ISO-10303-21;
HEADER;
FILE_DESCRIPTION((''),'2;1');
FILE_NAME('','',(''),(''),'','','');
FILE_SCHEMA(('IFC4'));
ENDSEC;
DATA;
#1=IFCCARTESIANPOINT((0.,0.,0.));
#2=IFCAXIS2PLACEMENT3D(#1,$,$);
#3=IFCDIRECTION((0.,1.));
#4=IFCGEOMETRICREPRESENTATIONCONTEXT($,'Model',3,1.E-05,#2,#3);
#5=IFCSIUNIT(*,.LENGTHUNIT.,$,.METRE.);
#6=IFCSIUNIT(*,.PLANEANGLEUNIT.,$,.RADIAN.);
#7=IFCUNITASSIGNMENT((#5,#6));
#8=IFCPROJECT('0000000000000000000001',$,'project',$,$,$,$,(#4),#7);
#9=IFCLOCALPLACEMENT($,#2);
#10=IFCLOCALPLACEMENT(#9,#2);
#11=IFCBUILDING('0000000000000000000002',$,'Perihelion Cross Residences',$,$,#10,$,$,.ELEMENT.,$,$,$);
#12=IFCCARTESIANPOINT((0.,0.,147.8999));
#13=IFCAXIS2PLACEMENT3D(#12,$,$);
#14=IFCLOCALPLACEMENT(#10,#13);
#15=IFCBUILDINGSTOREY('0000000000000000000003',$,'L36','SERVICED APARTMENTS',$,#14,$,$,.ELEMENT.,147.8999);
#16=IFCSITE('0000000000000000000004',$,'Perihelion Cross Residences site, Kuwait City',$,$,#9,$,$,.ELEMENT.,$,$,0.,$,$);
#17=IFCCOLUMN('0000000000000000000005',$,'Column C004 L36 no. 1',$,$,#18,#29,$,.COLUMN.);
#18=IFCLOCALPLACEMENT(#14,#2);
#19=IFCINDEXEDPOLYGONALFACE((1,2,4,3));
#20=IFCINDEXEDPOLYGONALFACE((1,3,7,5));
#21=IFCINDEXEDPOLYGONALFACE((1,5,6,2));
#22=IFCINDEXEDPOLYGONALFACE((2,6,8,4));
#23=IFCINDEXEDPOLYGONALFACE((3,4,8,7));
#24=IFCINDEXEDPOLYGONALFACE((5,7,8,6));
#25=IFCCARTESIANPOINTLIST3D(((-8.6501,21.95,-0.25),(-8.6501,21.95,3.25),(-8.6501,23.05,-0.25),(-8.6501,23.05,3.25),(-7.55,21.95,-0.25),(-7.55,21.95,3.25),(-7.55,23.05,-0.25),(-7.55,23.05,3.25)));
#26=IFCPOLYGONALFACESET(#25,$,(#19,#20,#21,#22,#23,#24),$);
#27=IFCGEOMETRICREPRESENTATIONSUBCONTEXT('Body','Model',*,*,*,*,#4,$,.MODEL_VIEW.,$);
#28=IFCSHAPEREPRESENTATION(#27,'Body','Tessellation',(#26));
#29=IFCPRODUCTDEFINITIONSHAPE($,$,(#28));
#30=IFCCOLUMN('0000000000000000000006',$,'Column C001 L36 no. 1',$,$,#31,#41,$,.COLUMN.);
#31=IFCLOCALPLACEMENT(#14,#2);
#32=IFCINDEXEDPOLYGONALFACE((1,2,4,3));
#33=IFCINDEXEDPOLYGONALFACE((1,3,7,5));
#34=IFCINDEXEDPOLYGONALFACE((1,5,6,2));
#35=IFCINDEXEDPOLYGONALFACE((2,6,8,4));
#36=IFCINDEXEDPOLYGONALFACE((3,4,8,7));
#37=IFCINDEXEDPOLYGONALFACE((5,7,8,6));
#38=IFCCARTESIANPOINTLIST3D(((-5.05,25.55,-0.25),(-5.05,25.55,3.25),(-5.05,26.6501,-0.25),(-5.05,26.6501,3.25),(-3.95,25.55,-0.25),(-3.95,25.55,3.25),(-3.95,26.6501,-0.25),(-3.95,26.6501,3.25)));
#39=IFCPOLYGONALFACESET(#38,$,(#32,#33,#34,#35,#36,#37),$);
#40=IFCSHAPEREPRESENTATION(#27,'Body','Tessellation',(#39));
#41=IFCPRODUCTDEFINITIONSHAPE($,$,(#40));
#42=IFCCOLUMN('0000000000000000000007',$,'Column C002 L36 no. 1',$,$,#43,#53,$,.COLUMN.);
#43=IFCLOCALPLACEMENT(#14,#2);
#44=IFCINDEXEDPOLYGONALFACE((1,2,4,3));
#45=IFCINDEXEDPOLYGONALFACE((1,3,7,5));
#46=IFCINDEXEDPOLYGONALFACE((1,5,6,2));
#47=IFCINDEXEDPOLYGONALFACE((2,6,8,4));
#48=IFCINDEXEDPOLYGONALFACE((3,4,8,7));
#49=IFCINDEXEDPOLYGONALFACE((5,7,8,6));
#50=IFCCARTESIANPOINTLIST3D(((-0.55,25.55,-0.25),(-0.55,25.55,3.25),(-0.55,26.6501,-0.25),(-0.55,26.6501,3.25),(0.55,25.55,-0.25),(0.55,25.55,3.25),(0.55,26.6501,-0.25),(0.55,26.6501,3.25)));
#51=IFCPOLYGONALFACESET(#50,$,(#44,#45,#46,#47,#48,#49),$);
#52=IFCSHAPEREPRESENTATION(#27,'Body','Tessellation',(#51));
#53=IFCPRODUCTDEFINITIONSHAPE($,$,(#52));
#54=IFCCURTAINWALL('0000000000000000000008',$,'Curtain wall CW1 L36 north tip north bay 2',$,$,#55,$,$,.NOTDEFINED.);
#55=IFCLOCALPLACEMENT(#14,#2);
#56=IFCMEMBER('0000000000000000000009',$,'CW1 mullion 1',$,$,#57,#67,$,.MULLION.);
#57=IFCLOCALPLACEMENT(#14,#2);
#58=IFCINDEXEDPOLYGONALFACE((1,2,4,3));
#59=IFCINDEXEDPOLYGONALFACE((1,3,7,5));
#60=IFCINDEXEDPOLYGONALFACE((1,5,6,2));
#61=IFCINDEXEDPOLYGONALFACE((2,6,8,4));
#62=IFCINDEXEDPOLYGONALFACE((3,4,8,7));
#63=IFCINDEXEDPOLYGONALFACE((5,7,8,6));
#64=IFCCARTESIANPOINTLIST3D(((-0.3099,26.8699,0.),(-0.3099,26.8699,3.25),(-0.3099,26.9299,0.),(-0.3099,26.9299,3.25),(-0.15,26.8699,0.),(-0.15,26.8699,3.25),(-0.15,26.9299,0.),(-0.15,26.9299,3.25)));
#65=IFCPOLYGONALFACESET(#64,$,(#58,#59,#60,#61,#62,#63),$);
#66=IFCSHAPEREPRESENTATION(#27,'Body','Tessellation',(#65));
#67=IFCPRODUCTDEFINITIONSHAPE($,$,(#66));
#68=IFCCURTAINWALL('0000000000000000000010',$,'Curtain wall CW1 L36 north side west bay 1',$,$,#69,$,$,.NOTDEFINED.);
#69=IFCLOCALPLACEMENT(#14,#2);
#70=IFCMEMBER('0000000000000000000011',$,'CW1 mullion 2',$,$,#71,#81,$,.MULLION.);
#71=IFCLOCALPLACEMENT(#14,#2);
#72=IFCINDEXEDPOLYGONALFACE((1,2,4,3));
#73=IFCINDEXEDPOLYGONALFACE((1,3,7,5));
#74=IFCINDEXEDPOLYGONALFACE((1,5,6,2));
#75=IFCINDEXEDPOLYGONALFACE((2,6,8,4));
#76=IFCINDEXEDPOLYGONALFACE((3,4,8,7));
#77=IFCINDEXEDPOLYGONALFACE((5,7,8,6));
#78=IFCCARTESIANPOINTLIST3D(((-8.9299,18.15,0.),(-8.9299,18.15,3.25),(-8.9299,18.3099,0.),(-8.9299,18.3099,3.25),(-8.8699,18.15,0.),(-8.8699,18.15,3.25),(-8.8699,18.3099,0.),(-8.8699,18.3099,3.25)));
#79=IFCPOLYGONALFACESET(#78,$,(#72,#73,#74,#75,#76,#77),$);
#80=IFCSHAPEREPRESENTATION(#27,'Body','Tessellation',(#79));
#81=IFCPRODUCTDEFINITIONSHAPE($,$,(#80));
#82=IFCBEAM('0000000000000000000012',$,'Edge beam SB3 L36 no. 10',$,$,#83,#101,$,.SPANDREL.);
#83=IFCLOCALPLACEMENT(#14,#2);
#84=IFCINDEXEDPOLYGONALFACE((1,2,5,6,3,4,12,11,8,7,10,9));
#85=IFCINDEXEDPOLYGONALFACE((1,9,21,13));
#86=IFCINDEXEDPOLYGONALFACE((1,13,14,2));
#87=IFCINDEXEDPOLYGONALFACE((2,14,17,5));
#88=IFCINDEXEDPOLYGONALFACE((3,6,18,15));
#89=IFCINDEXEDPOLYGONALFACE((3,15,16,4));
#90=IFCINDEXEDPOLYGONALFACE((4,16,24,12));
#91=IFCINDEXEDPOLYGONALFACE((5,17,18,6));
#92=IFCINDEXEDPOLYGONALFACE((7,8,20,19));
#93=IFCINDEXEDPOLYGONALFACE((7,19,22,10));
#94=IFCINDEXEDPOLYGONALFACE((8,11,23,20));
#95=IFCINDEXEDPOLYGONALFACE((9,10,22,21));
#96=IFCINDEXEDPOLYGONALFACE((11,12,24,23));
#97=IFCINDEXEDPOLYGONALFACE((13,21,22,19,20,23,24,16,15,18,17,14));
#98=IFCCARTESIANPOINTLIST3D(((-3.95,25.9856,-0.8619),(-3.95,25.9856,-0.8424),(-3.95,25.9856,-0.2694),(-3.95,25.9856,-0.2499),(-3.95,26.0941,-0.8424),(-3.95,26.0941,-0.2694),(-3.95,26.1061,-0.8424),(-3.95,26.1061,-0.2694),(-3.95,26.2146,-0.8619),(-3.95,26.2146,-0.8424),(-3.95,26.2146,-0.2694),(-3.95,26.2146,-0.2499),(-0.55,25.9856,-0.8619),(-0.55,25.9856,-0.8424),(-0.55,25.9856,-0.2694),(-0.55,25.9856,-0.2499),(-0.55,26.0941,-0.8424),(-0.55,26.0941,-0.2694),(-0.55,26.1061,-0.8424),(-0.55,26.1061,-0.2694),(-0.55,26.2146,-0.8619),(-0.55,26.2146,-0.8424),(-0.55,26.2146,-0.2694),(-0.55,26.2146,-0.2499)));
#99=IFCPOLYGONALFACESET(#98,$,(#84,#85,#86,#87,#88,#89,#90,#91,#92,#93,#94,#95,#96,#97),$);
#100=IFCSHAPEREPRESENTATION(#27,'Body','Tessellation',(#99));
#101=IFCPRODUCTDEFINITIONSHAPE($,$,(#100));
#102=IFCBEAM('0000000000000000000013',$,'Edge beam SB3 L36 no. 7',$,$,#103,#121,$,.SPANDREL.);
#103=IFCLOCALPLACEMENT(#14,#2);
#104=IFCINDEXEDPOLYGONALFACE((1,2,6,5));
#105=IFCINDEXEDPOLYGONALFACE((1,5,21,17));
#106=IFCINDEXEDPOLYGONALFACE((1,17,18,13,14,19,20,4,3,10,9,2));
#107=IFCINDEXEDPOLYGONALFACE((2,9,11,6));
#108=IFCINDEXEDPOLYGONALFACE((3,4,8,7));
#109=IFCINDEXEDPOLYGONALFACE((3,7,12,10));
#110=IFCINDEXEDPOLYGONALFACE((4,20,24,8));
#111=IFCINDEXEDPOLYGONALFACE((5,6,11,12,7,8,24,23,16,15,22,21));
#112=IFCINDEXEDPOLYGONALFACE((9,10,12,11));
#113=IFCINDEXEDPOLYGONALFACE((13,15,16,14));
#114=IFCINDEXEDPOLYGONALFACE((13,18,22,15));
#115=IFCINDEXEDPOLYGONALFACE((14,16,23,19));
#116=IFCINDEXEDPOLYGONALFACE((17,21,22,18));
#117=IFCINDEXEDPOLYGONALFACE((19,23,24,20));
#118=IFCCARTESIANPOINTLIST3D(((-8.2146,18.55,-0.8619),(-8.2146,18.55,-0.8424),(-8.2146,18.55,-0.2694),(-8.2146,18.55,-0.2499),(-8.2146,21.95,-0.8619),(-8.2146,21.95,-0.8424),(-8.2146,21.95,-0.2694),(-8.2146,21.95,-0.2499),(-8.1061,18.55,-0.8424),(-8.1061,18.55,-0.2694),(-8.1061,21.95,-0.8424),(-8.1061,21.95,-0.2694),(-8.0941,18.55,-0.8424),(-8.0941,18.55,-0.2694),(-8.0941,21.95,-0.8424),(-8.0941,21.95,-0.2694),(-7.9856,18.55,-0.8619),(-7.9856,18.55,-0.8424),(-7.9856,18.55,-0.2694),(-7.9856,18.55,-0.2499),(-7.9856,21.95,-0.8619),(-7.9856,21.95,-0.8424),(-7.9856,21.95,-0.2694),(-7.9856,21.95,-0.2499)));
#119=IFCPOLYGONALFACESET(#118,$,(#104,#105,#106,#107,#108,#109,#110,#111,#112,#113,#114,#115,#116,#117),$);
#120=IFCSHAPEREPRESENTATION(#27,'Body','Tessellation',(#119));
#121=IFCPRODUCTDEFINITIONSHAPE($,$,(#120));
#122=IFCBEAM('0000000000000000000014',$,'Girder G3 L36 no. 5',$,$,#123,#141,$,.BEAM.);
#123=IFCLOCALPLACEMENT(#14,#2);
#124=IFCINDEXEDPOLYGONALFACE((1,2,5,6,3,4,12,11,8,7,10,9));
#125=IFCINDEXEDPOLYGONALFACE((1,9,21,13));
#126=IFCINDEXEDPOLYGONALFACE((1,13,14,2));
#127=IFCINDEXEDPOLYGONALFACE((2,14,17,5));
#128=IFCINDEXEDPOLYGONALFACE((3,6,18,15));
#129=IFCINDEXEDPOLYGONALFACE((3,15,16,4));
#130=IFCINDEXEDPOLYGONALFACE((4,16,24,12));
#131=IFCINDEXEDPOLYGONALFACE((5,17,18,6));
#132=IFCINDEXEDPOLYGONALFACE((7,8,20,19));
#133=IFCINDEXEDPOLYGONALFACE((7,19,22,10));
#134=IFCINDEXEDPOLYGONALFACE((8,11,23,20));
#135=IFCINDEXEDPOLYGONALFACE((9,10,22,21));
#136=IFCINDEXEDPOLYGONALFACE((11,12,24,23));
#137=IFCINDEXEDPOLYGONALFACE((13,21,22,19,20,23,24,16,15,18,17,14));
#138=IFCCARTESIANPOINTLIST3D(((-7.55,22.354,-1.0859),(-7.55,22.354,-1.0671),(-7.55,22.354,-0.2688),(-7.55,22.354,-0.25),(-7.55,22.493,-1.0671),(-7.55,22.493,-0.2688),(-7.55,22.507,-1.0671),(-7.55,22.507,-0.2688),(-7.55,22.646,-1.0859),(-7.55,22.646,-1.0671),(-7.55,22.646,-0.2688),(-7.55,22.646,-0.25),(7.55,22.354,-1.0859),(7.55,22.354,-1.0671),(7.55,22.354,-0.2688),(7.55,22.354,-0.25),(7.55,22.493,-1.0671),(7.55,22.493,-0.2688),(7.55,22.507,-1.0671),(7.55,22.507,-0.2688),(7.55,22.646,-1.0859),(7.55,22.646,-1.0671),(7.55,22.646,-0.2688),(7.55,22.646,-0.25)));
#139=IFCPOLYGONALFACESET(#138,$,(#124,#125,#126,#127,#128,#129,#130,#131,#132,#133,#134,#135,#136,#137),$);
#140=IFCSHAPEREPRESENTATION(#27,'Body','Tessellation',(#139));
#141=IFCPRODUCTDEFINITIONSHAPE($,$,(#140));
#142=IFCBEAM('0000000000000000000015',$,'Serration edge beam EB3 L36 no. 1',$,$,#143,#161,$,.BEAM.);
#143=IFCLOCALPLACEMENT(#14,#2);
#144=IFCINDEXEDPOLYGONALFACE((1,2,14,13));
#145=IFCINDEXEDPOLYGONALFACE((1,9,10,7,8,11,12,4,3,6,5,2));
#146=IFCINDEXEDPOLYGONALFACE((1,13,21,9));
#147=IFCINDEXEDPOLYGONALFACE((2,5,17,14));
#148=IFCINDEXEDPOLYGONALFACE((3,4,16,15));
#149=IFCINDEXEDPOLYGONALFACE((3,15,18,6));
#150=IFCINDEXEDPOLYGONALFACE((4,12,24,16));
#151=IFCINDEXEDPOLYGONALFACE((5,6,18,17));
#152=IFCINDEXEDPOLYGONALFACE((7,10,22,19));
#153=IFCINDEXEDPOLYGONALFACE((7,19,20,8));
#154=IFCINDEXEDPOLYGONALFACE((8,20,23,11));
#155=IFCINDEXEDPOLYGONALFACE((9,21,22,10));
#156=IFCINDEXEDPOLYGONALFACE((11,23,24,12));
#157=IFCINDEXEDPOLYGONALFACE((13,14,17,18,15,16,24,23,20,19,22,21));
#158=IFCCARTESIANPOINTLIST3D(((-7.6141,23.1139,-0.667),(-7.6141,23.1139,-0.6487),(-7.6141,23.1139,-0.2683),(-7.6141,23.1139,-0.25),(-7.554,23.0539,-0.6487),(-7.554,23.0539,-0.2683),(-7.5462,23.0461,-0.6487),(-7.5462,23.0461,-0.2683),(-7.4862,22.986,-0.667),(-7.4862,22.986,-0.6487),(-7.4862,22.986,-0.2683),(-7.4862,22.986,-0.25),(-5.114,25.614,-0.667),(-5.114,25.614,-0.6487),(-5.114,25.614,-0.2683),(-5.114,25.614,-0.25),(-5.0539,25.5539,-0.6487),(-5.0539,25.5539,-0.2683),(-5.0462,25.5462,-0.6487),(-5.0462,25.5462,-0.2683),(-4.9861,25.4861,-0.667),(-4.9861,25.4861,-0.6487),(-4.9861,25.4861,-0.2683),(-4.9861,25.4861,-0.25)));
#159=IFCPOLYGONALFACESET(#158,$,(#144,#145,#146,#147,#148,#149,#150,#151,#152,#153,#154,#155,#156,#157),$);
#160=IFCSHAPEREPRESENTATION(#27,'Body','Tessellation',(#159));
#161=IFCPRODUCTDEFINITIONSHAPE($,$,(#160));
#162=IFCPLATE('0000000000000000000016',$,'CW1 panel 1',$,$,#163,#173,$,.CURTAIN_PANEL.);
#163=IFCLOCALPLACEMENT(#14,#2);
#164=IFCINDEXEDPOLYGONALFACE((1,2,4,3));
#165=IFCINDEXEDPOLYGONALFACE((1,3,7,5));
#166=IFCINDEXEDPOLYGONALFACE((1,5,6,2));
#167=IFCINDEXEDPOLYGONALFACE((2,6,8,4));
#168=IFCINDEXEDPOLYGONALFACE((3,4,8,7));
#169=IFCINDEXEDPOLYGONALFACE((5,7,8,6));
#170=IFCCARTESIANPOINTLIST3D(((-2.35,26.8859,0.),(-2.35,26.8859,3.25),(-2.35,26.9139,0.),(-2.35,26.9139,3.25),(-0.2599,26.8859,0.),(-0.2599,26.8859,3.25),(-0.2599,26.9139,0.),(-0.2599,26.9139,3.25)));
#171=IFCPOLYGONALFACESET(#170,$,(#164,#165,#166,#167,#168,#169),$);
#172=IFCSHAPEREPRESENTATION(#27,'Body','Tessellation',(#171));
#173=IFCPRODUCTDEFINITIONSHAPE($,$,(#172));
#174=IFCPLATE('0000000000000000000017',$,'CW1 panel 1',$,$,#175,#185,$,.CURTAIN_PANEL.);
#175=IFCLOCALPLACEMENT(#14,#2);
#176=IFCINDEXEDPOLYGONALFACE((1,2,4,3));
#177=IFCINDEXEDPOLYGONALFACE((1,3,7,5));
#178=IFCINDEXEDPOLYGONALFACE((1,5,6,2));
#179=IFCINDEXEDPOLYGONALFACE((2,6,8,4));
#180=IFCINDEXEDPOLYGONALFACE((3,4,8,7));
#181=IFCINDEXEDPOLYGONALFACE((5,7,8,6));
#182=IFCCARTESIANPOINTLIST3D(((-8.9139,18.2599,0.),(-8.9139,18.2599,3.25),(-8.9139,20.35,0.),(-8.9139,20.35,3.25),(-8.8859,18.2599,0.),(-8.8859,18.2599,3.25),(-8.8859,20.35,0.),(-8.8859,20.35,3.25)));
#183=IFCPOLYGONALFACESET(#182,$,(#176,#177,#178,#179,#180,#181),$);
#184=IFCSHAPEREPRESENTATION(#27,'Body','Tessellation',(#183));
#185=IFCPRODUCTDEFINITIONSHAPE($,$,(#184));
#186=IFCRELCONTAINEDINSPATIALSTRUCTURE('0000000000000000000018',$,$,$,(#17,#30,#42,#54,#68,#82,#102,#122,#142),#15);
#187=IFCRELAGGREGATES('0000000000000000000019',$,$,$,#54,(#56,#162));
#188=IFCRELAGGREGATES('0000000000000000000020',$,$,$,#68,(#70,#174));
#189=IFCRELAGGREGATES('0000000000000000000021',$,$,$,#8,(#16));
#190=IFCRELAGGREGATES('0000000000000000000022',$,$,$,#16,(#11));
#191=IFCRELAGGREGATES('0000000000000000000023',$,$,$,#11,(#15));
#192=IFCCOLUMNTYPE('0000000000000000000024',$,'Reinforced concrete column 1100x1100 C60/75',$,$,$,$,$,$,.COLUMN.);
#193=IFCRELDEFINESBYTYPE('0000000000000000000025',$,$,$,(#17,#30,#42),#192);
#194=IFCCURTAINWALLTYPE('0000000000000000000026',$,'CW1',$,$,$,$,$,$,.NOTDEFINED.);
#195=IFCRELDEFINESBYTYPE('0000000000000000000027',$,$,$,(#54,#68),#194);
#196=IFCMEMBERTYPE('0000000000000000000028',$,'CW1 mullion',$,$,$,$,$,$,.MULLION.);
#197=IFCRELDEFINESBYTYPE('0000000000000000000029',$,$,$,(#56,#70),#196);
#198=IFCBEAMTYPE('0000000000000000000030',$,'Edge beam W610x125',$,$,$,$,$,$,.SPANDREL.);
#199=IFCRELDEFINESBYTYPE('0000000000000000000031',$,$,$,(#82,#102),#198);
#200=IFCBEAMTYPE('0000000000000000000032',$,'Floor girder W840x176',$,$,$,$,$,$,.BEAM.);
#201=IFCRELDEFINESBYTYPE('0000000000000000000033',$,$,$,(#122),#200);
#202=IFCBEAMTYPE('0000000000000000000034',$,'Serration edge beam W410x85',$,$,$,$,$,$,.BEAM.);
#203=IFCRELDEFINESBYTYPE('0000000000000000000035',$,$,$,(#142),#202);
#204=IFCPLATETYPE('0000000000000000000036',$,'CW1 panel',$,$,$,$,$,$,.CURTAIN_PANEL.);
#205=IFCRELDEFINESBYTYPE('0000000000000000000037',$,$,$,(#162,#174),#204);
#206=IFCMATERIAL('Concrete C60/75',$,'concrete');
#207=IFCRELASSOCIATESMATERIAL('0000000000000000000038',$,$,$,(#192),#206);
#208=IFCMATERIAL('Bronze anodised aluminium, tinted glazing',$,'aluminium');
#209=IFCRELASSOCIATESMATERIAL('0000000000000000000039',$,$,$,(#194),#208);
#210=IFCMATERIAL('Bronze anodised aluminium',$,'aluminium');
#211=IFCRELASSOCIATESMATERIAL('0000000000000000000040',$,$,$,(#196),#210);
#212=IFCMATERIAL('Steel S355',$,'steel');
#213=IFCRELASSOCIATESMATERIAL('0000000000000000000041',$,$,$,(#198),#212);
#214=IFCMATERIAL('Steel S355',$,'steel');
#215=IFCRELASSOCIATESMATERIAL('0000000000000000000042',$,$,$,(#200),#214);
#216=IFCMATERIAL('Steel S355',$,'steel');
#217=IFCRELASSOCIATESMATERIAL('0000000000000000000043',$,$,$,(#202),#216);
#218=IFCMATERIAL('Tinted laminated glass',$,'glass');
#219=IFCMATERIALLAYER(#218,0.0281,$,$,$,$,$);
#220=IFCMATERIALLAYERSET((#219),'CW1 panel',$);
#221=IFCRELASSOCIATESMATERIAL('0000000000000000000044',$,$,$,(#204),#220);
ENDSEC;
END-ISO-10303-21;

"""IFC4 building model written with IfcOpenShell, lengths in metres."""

from ifc_helpers import new_model, si_unit, direction, frame, origin, origin_2d, place, context, subcontext, project, spatial, rectangle, i_section, extrude, material, layer, layer_set, material_profile, profile_set, type_object, element, aggregate, save


model = new_model("IFC4")

# Units and contexts
model_context = context("Model", 3, precision=1e-05, world=origin(), true_north=direction((0.0, 1.0)))
body_context = subcontext(model_context, "Body", "Model", "MODEL_VIEW")
ifc_project = project(units=[si_unit("LENGTHUNIT", "METRE"), si_unit("PLANEANGLEUNIT", "RADIAN")], contexts=[model_context])

# Site, building, storey
site_placement = place(None, origin())
site = spatial("IfcSite", under=ifc_project, at=site_placement, Name="Perihelion Cross Residences site, Kuwait City", CompositionType="ELEMENT", RefElevation=0.0)
building_placement = place(site_placement, origin())
building = spatial("IfcBuilding", under=site, at=building_placement, Name="Perihelion Cross Residences", CompositionType="ELEMENT")
storey_placement = place(building_placement, frame((0.0, 0.0, 147.8999)))
storey = spatial("IfcBuildingStorey", under=building, at=storey_placement, Name="L36", Description="SERVICED APARTMENTS", CompositionType="ELEMENT", Elevation=147.8999)

# Columns
ifc_material_1 = material(Name="Concrete C60/75", Category="concrete")
ifc_material_profile_1 = material_profile(ifc_material_1, rectangle(XDim=1.1001, YDim=1.1001, at=origin_2d()), Name="RC 1100x1100")
ifc_profile_set_1 = profile_set([ifc_material_profile_1], Name="Concrete C60/75")
column_type = type_object("IfcColumnType", Name="Reinforced concrete column 1100x1100 C60/75", PredefinedType="COLUMN", material=ifc_profile_set_1)
for number, where, z_axis, x_axis, name in (
    (1, (-8.1001, 22.5, -0.25), (0.0, 0.0, 1.0), (1.0, 0.0, 0.0), "Column C004 L36 no. 1"),
    (2, (-4.5, 26.1001, -0.25), (0.0, 0.0, 1.0), (1.0, 0.0, 0.0), "Column C001 L36 no. 1"),
    (3, (0.0, 26.1001, -0.25), (0.0, 0.0, 1.0), (1.0, 0.0, 0.0), "Column C002 L36 no. 1"),
):
    element("IfcColumn", number, at=place(storey_placement, frame(where, z_axis=z_axis, x_axis=x_axis)), inside=storey, type_object=column_type, Name=name, PredefinedType="COLUMN", context=body_context, shape_type="SweptSolid", body=[
        extrude(rectangle(XDim=1.1001, YDim=1.1001, at=origin_2d()), origin(), (0.0, 0.0, 1.0), 3.5),
    ])

# Curtain walls, members
ifc_material_2 = material(Name="Bronze anodised aluminium, tinted glazing", Category="aluminium")
curtain_wall_type = type_object("IfcCurtainWallType", Name="CW1", PredefinedType="NOTDEFINED", material=ifc_material_2)
curtain_wall_1_placement = place(storey_placement, origin())
curtain_wall_1 = element("IfcCurtainWall", 4, at=curtain_wall_1_placement, inside=storey, type_object=curtain_wall_type, Name="Curtain wall CW1 L36 north tip north bay 2", PredefinedType="NOTDEFINED")
ifc_material_3 = material(Name="Bronze anodised aluminium", Category="aluminium")
ifc_material_profile_2 = material_profile(ifc_material_3, rectangle(XDim=0.0601, YDim=0.1599, at=origin_2d()), Name="CW1 mullion")
ifc_profile_set_2 = profile_set([ifc_material_profile_2], Name="Bronze anodised aluminium")
member_type = type_object("IfcMemberType", Name="CW1 mullion", PredefinedType="MULLION", material=ifc_profile_set_2)
member_1_placement = place(storey_placement, frame((-0.23, 26.8999, 0.0), z_axis=(0.0, 0.0, 1.0), x_axis=(0.0, -1.0, 0.0)))
member_1 = element("IfcMember", 5, at=member_1_placement, type_object=member_type, Name="CW1 mullion 1", PredefinedType="MULLION", context=body_context, shape_type="SweptSolid", body=[
    extrude(rectangle(XDim=0.0601, YDim=0.1599, at=origin_2d()), origin(), (0.0, 0.0, 1.0), 3.25),
])
curtain_wall_2_placement = place(storey_placement, origin())
curtain_wall_2 = element("IfcCurtainWall", 6, at=curtain_wall_2_placement, inside=storey, type_object=curtain_wall_type, Name="Curtain wall CW1 L36 north side west bay 1", PredefinedType="NOTDEFINED")
member_2_placement = place(storey_placement, frame((-8.8999, 18.23, 0.0), z_axis=(0.0, 0.0, 1.0), x_axis=(1.0, 0.0, 0.0)))
member_2 = element("IfcMember", 7, at=member_2_placement, type_object=member_type, Name="CW1 mullion 2", PredefinedType="MULLION", context=body_context, shape_type="SweptSolid", body=[
    extrude(rectangle(XDim=0.0601, YDim=0.1599, at=origin_2d()), origin(), (0.0, 0.0, 1.0), 3.25),
])

# Beams
ifc_material_4 = material(Name="Steel S355", Category="steel")
ifc_material_profile_3 = material_profile(ifc_material_4, i_section(OverallWidth=0.229, OverallDepth=0.6121, WebThickness=0.012, FlangeThickness=0.0195, at=origin_2d()), Name="W610x125")
ifc_profile_set_3 = profile_set([ifc_material_profile_3], Name="Steel S355")
beam_type_1 = type_object("IfcBeamType", Name="Edge beam W610x125", PredefinedType="SPANDREL", material=ifc_profile_set_3)
for number, where, z_axis, x_axis, name in (
    (8, (-0.55, 26.1001, -0.5559), (-1.0, 0.0, 0.0), (0.0, -1.0, 0.0), "Edge beam SB3 L36 no. 10"),
    (9, (-8.1001, 21.95, -0.5559), (0.0, -1.0, 0.0), (1.0, 0.0, 0.0), "Edge beam SB3 L36 no. 7"),
):
    element("IfcBeam", number, at=place(storey_placement, frame(where, z_axis=z_axis, x_axis=x_axis)), inside=storey, type_object=beam_type_1, Name=name, PredefinedType="SPANDREL", context=body_context, shape_type="SweptSolid", body=[
        extrude(i_section(OverallWidth=0.229, OverallDepth=0.6121, WebThickness=0.012, FlangeThickness=0.0195, at=origin_2d()), origin(), (0.0, 0.0, 1.0), 3.3999),
    ])
ifc_material_5 = material(Name="Steel S355", Category="steel")
ifc_material_profile_4 = material_profile(ifc_material_5, i_section(OverallWidth=0.292, OverallDepth=0.8359, WebThickness=0.0139, FlangeThickness=0.0188, at=origin_2d()), Name="W840x176")
ifc_profile_set_4 = profile_set([ifc_material_profile_4], Name="Steel S355")
beam_type_2 = type_object("IfcBeamType", Name="Floor girder W840x176", PredefinedType="BEAM", material=ifc_profile_set_4)
beam_1_placement = place(storey_placement, frame((-7.55, 22.5, -0.668), z_axis=(1.0, 0.0, 0.0), x_axis=(0.0, 1.0, 0.0)))
element("IfcBeam", 10, at=beam_1_placement, inside=storey, type_object=beam_type_2, Name="Girder G3 L36 no. 5", PredefinedType="BEAM", context=body_context, shape_type="SweptSolid", body=[
    extrude(i_section(OverallWidth=0.292, OverallDepth=0.8359, WebThickness=0.0139, FlangeThickness=0.0188, at=origin_2d()), origin(), (0.0, 0.0, 1.0), 15.1001),
])
ifc_material_6 = material(Name="Steel S355", Category="steel")
ifc_material_profile_5 = material_profile(ifc_material_6, i_section(OverallWidth=0.1809, OverallDepth=0.417, WebThickness=0.011, FlangeThickness=0.0183, at=origin_2d()), Name="W410x85")
ifc_profile_set_5 = profile_set([ifc_material_profile_5], Name="Steel S355")
beam_type_3 = type_object("IfcBeamType", Name="Serration edge beam W410x85", PredefinedType="BEAM", material=ifc_profile_set_5)
beam_2_placement = place(storey_placement, frame((-5.05, 25.55, -0.4585), z_axis=(-0.707107, -0.707107, 0.0), x_axis=(0.707107, -0.707107, 0.0)))
element("IfcBeam", 11, at=beam_2_placement, inside=storey, type_object=beam_type_3, Name="Serration edge beam EB3 L36 no. 1", PredefinedType="BEAM", context=body_context, shape_type="SweptSolid", body=[
    extrude(i_section(OverallWidth=0.1809, OverallDepth=0.417, WebThickness=0.011, FlangeThickness=0.0183, at=origin_2d()), origin(), (0.0, 0.0, 1.0), 3.5356),
])

# Plates
ifc_material_7 = material(Name="Tinted laminated glass", Category="glass")
ifc_layer_1 = layer(ifc_material_7, 0.0281)
ifc_layer_set_1 = layer_set([ifc_layer_1], Name="CW1 panel")
plate_type = type_object("IfcPlateType", Name="CW1 panel", PredefinedType="CURTAIN_PANEL", material=ifc_layer_set_1)
plate_1_placement = place(storey_placement, frame((-1.3049, 26.8999, 0.0), z_axis=(0.0, 0.0, 1.0), x_axis=(-1.0, 0.0, 0.0)))
plate_1 = element("IfcPlate", 12, at=plate_1_placement, type_object=plate_type, Name="CW1 panel 1", PredefinedType="CURTAIN_PANEL", context=body_context, shape_type="SweptSolid", body=[
    extrude(rectangle(XDim=2.0901, YDim=0.0281, at=origin_2d()), origin(), (0.0, 0.0, 1.0), 3.25),
])
aggregate(curtain_wall_1, [member_1, plate_1])
plate_2_placement = place(storey_placement, frame((-8.8999, 19.3049, 0.0), z_axis=(0.0, 0.0, 1.0), x_axis=(0.0, -1.0, 0.0)))
plate_2 = element("IfcPlate", 13, at=plate_2_placement, type_object=plate_type, Name="CW1 panel 1", PredefinedType="CURTAIN_PANEL", context=body_context, shape_type="SweptSolid", body=[
    extrude(rectangle(XDim=2.0901, YDim=0.0281, at=origin_2d()), origin(), (0.0, 0.0, 1.0), 3.25),
])
aggregate(curtain_wall_2, [member_2, plate_2])

save(model, "model.ifc")
